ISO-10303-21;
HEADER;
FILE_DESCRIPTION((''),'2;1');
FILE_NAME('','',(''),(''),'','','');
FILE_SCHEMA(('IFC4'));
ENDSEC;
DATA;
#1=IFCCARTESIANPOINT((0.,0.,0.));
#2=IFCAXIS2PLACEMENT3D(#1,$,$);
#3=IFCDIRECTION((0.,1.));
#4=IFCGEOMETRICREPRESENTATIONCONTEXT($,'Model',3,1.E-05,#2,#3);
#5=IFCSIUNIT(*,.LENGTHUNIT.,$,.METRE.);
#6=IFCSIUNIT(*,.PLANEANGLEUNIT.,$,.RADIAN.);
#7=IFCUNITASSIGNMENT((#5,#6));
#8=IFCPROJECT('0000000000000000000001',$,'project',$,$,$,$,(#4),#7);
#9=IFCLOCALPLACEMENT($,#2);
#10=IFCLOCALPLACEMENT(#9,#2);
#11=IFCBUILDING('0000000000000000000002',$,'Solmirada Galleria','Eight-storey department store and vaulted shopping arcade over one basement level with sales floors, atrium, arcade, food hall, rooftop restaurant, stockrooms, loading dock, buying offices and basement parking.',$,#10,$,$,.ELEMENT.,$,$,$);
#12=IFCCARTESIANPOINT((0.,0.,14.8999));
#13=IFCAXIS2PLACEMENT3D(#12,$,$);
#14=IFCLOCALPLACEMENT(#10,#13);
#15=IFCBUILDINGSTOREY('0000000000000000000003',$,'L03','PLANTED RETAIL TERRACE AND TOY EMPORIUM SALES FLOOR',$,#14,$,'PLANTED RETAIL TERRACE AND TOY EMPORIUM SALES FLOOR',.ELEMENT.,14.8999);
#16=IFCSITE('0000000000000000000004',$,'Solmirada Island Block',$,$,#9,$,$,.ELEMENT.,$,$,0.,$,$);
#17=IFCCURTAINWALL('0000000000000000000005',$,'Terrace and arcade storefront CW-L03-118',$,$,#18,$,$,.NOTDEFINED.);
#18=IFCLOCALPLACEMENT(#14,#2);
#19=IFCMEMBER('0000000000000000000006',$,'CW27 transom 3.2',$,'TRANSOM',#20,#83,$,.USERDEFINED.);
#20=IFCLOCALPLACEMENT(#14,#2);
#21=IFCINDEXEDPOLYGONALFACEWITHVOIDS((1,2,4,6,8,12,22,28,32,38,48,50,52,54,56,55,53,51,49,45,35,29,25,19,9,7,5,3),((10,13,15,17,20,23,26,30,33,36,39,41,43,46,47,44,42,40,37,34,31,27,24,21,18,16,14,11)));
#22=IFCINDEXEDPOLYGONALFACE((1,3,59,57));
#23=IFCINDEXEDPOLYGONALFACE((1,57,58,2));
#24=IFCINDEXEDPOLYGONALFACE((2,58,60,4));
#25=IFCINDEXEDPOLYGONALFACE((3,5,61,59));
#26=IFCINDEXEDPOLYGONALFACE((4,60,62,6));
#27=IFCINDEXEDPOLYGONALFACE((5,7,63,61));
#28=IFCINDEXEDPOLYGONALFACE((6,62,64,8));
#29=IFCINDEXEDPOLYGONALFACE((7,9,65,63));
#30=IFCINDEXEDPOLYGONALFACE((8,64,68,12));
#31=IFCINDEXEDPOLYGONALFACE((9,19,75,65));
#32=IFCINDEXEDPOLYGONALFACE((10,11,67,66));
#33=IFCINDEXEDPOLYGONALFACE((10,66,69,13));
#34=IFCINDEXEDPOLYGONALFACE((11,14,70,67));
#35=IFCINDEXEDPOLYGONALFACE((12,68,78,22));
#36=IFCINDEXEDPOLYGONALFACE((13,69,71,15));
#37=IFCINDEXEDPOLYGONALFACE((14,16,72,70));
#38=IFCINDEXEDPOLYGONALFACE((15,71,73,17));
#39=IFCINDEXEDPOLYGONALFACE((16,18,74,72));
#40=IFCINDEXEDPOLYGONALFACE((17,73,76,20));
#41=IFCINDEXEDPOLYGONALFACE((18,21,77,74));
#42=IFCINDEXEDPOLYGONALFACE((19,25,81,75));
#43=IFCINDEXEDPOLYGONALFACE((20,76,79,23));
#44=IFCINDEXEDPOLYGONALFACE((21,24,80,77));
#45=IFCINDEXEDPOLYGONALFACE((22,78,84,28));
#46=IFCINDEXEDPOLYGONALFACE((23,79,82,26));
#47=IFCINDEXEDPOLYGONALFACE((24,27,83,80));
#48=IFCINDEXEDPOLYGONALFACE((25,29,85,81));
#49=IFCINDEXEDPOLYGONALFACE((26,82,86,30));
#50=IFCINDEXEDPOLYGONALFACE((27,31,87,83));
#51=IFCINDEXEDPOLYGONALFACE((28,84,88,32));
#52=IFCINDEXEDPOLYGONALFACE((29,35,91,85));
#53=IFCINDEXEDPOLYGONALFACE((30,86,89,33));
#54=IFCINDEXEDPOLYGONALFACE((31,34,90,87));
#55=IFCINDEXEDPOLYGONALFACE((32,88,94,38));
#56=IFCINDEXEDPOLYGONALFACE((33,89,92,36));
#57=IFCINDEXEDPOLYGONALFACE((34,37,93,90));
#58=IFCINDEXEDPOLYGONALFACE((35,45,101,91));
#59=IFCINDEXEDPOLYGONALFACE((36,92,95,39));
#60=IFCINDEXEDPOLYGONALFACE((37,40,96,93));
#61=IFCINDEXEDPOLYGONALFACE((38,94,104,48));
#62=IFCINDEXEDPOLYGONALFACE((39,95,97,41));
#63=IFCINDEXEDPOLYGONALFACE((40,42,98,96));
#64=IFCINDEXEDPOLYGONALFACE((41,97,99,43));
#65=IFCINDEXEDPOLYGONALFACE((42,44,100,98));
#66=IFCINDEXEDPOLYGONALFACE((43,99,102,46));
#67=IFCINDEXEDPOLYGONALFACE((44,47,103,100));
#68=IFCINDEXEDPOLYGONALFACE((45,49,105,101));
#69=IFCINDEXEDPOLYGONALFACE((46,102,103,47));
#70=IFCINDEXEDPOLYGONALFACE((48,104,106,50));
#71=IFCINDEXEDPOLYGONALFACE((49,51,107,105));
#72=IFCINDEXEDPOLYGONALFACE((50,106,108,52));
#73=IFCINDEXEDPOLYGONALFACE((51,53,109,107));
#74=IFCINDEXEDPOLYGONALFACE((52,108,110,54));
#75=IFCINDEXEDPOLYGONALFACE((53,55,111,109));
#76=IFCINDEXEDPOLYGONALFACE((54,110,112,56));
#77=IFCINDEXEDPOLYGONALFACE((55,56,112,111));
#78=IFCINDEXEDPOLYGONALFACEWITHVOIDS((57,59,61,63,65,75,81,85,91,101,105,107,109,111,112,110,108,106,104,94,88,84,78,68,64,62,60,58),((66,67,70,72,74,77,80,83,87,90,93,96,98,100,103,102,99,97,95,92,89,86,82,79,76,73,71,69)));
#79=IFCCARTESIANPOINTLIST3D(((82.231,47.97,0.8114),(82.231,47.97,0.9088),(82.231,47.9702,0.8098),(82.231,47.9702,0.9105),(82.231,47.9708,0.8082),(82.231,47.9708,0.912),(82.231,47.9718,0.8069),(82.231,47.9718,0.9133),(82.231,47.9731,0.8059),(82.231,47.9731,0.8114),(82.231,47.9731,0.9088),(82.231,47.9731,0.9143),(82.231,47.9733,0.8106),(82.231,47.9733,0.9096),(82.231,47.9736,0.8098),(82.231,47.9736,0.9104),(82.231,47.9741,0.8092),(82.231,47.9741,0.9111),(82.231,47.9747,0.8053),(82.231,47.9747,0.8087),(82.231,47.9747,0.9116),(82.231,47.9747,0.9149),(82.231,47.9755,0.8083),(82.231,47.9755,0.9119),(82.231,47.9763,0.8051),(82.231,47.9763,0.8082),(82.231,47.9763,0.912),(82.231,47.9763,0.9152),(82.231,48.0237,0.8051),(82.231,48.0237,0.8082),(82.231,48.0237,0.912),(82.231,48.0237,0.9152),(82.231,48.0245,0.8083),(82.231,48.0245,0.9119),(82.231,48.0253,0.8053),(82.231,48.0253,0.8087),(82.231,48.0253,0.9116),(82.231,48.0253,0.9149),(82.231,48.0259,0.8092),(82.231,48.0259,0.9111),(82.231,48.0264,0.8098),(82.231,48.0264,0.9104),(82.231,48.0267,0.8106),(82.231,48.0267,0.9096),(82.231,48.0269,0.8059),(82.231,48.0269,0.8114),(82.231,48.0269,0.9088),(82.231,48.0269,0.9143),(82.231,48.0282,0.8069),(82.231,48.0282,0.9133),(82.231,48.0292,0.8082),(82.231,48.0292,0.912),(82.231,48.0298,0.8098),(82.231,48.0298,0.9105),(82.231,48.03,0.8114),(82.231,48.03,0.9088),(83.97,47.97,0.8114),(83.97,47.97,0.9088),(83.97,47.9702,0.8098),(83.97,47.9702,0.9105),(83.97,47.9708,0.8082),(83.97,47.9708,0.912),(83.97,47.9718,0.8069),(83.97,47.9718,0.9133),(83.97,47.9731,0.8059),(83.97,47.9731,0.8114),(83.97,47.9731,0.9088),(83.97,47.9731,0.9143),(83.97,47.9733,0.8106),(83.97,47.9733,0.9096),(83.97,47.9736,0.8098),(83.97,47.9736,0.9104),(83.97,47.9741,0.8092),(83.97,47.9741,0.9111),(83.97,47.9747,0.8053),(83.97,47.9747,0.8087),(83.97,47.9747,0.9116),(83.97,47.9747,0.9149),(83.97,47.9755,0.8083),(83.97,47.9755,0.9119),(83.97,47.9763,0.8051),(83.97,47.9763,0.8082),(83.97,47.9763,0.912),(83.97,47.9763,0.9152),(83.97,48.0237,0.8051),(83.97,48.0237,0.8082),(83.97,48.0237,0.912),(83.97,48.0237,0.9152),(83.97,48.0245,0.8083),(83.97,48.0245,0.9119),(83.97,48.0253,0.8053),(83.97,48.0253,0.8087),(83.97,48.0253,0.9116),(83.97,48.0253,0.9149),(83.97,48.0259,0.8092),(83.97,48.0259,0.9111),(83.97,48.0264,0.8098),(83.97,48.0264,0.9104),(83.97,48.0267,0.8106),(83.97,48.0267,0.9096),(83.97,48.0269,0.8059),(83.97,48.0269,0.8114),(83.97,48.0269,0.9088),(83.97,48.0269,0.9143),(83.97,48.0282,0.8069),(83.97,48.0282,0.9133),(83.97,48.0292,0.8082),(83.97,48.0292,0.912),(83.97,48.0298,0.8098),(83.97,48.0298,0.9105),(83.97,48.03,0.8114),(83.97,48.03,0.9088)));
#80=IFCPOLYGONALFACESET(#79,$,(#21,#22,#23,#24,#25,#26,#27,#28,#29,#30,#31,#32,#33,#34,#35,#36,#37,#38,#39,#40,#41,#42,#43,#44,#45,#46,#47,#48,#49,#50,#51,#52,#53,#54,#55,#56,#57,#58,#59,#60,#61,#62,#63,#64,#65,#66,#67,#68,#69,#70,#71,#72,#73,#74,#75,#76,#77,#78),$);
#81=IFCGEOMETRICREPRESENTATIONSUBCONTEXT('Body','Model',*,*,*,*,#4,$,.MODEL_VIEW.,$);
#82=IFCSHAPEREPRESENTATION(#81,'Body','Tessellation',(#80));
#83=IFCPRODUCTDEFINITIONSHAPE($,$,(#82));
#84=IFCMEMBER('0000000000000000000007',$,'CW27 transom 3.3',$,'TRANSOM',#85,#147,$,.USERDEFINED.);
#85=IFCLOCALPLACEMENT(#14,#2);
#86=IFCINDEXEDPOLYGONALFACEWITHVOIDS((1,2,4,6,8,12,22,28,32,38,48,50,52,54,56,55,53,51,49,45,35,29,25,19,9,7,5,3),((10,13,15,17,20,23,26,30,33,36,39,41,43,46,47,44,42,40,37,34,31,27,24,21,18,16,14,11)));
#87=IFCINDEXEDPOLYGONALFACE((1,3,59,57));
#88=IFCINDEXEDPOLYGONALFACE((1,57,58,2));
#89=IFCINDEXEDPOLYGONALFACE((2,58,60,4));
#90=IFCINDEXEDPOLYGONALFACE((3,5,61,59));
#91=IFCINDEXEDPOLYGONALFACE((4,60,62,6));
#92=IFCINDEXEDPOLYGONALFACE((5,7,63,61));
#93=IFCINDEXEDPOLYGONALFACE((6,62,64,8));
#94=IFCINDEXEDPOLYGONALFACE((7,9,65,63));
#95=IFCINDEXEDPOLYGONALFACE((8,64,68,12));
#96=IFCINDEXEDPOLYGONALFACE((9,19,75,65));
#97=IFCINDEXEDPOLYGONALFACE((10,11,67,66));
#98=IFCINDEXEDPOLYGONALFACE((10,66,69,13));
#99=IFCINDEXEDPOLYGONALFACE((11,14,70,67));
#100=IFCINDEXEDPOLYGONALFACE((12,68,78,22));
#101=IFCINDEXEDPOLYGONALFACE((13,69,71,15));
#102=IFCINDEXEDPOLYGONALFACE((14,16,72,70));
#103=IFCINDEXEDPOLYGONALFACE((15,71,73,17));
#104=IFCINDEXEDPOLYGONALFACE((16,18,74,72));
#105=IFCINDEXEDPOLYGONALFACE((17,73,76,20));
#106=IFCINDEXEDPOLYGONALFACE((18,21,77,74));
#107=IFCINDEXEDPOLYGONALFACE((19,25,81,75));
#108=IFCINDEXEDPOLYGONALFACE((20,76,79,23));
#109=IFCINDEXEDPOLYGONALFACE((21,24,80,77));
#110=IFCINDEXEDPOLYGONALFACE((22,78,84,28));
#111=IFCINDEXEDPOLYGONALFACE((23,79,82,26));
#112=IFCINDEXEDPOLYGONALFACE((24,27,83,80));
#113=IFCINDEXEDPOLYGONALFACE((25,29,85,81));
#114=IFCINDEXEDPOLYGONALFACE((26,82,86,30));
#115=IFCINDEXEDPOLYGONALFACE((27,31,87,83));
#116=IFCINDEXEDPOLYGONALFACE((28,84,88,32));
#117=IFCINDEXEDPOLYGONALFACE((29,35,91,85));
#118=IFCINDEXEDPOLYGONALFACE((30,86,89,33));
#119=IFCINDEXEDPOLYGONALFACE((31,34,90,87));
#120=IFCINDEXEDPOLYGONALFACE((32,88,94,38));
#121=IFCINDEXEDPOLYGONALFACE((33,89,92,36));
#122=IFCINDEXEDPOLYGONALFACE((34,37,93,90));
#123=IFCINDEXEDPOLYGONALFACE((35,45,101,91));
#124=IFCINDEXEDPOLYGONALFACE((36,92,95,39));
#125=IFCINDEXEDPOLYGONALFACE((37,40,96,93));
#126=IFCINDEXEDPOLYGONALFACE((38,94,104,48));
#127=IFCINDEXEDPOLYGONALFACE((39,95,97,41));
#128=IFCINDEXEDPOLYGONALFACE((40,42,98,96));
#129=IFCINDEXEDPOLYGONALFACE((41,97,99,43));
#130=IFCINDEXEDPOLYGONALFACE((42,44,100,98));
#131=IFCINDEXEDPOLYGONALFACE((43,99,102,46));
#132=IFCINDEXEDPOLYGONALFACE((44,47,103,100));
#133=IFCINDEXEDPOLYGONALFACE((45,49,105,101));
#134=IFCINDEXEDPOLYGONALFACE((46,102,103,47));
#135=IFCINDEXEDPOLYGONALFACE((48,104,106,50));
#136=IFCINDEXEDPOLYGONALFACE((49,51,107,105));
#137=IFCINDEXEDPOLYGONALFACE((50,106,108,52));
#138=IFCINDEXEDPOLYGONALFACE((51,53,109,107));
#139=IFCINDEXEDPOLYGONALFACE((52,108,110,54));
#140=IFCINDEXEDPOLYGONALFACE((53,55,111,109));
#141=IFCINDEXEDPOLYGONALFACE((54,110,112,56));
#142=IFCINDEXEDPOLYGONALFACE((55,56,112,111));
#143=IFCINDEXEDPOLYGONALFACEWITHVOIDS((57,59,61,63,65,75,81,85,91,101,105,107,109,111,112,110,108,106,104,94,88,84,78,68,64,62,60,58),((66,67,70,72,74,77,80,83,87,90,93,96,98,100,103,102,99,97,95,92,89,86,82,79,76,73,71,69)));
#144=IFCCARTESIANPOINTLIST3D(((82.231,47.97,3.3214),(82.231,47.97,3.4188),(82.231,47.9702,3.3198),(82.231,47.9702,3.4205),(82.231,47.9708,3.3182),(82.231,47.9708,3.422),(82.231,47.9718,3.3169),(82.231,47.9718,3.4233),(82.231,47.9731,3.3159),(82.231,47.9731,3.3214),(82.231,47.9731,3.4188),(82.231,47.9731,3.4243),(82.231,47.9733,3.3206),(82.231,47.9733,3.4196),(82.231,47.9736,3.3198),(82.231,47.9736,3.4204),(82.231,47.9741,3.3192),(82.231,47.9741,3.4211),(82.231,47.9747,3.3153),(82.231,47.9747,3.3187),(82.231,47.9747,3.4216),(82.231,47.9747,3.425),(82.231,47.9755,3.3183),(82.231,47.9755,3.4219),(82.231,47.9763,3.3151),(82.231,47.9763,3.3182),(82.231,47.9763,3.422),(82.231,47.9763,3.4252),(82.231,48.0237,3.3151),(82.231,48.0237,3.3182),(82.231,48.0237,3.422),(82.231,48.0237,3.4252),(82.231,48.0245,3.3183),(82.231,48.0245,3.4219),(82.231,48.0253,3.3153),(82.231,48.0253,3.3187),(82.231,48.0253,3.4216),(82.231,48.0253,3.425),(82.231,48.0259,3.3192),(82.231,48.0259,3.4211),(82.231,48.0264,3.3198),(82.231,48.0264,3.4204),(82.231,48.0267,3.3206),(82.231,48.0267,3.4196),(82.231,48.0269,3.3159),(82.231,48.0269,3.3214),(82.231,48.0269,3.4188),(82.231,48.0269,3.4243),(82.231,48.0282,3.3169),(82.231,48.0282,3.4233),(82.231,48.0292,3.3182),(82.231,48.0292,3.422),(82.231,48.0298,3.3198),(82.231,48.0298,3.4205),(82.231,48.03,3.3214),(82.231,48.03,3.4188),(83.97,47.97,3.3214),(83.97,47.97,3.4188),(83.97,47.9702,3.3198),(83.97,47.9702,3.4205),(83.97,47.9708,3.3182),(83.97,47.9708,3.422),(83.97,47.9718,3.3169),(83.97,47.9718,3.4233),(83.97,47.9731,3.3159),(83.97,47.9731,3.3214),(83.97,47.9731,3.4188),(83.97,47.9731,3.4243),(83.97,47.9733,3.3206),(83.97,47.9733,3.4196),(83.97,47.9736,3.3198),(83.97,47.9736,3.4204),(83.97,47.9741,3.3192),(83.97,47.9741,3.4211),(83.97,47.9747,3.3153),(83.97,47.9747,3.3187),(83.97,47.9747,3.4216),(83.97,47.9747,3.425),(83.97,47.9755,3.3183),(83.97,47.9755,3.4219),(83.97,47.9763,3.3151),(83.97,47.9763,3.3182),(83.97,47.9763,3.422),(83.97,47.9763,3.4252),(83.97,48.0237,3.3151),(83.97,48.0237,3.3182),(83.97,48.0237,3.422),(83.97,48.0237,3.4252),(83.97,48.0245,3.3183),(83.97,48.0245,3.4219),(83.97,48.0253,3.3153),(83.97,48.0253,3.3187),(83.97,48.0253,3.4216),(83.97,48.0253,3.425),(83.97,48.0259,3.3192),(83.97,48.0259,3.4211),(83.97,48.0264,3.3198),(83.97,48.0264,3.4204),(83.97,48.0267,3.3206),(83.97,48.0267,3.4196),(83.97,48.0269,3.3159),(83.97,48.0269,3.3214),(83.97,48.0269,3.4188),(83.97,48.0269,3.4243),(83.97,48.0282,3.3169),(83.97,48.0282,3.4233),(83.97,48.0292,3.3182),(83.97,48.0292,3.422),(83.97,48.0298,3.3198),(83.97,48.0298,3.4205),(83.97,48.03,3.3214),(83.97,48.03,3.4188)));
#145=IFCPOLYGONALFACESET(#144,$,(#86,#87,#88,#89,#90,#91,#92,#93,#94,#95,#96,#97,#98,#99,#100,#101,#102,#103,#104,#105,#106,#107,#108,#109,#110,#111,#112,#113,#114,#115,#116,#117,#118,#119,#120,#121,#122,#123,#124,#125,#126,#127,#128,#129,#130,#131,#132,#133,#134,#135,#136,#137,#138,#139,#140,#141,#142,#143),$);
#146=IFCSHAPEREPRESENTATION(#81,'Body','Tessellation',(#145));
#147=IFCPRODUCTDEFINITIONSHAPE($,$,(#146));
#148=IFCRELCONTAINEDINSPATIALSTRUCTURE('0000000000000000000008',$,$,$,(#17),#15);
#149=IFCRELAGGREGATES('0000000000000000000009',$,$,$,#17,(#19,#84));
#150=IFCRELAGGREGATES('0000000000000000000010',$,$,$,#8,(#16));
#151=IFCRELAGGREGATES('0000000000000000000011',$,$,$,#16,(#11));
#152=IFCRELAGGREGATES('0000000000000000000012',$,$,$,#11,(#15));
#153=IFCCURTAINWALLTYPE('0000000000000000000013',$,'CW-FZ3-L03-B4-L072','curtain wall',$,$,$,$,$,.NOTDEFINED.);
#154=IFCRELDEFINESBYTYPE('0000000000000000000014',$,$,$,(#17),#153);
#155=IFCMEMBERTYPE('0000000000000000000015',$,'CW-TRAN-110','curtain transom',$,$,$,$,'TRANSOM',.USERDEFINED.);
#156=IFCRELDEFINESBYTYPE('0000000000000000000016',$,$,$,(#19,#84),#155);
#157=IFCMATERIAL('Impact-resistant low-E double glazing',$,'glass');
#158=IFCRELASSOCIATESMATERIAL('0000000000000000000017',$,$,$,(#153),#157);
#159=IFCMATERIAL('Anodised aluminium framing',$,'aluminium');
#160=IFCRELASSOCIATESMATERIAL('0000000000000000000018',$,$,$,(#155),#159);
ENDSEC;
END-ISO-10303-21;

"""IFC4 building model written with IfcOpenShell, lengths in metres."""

from ifc_helpers import new_model, si_unit, direction, frame, origin, origin_2d, place, context, subcontext, project, spatial, hollow_rectangle, extrude, material, material_profile, profile_set, type_object, element, aggregate, save


model = new_model("IFC4")

# Units and contexts
model_context = context("Model", 3, precision=1e-05, world=origin(), true_north=direction((0.0, 1.0)))
body_context = subcontext(model_context, "Body", "Model", "MODEL_VIEW")
ifc_project = project(units=[si_unit("LENGTHUNIT", "METRE"), si_unit("PLANEANGLEUNIT", "RADIAN")], contexts=[model_context])

# Site, building, storey
site_placement = place(None, origin())
site = spatial("IfcSite", under=ifc_project, at=site_placement, Name="Solmirada Island Block", CompositionType="ELEMENT", RefElevation=0.0)
building_placement = place(site_placement, origin())
building = spatial("IfcBuilding", under=site, at=building_placement, Name="Solmirada Galleria", Description="Eight-storey department store and vaulted shopping arcade over one basement level with sales floors, atrium, arcade, food hall, rooftop restaurant, stockrooms, loading dock, buying offices and basement parking.", CompositionType="ELEMENT")
storey_placement = place(building_placement, frame((0.0, 0.0, 14.8999)))
storey = spatial("IfcBuildingStorey", under=building, at=storey_placement, Name="L03", Description="PLANTED RETAIL TERRACE AND TOY EMPORIUM SALES FLOOR", LongName="PLANTED RETAIL TERRACE AND TOY EMPORIUM SALES FLOOR", CompositionType="ELEMENT", Elevation=14.8999)

# Curtain wall
ifc_material_1 = material(Name="Impact-resistant low-E double glazing", Category="glass")
curtain_wall_type = type_object("IfcCurtainWallType", Name="CW-FZ3-L03-B4-L072", Description="curtain wall", PredefinedType="NOTDEFINED", material=ifc_material_1)
curtain_wall_1_placement = place(storey_placement, origin())
curtain_wall_1 = element("IfcCurtainWall", 1, at=curtain_wall_1_placement, inside=storey, type_object=curtain_wall_type, Name="Terrace and arcade storefront CW-L03-118", PredefinedType="NOTDEFINED")
ifc_material_2 = material(Name="Anodised aluminium framing", Category="aluminium")

# Members
ifc_material_profile_1 = material_profile(ifc_material_2, hollow_rectangle(XDim=0.0601, YDim=0.1101, WallThickness=0.0032, InnerFilletRadius=0.0032, OuterFilletRadius=0.0063, at=origin_2d()), Name="ALU-TRAN-110X60")
ifc_profile_set_1 = profile_set([ifc_material_profile_1], Name="Anodised aluminium framing")
member_type_1 = type_object("IfcMemberType", Name="CW-TRAN-110", Description="curtain transom", ElementType="TRANSOM", PredefinedType="USERDEFINED", material=ifc_profile_set_1)
member_1_placement = place(storey_placement, frame((83.97, 48.0, 0.8601), z_axis=(-1.0, 0.0, 0.0), x_axis=(0.0, -1.0, 0.0)))
member_1 = element("IfcMember", 2, at=member_1_placement, type_object=member_type_1, Name="CW27 transom 3.2", ObjectType="TRANSOM", PredefinedType="USERDEFINED", context=body_context, shape_type="SweptSolid", body=[
    extrude(hollow_rectangle(XDim=0.0601, YDim=0.1101, WallThickness=0.0032, InnerFilletRadius=0.0032, OuterFilletRadius=0.0063, at=origin_2d()), origin(), (0.0, 0.0, 1.0), 1.739),
])
member_2_placement = place(storey_placement, frame((83.97, 48.0, 3.3701), z_axis=(-1.0, 0.0, 0.0), x_axis=(0.0, -1.0, 0.0)))
member_2 = element("IfcMember", 3, at=member_2_placement, type_object=member_type_1, Name="CW27 transom 3.3", ObjectType="TRANSOM", PredefinedType="USERDEFINED", context=body_context, shape_type="SweptSolid", body=[
    extrude(hollow_rectangle(XDim=0.0601, YDim=0.1101, WallThickness=0.0032, InnerFilletRadius=0.0032, OuterFilletRadius=0.0063, at=origin_2d()), origin(), (0.0, 0.0, 1.0), 1.739),
])

aggregate(curtain_wall_1, [member_1, member_2])

save(model, "model.ifc")
